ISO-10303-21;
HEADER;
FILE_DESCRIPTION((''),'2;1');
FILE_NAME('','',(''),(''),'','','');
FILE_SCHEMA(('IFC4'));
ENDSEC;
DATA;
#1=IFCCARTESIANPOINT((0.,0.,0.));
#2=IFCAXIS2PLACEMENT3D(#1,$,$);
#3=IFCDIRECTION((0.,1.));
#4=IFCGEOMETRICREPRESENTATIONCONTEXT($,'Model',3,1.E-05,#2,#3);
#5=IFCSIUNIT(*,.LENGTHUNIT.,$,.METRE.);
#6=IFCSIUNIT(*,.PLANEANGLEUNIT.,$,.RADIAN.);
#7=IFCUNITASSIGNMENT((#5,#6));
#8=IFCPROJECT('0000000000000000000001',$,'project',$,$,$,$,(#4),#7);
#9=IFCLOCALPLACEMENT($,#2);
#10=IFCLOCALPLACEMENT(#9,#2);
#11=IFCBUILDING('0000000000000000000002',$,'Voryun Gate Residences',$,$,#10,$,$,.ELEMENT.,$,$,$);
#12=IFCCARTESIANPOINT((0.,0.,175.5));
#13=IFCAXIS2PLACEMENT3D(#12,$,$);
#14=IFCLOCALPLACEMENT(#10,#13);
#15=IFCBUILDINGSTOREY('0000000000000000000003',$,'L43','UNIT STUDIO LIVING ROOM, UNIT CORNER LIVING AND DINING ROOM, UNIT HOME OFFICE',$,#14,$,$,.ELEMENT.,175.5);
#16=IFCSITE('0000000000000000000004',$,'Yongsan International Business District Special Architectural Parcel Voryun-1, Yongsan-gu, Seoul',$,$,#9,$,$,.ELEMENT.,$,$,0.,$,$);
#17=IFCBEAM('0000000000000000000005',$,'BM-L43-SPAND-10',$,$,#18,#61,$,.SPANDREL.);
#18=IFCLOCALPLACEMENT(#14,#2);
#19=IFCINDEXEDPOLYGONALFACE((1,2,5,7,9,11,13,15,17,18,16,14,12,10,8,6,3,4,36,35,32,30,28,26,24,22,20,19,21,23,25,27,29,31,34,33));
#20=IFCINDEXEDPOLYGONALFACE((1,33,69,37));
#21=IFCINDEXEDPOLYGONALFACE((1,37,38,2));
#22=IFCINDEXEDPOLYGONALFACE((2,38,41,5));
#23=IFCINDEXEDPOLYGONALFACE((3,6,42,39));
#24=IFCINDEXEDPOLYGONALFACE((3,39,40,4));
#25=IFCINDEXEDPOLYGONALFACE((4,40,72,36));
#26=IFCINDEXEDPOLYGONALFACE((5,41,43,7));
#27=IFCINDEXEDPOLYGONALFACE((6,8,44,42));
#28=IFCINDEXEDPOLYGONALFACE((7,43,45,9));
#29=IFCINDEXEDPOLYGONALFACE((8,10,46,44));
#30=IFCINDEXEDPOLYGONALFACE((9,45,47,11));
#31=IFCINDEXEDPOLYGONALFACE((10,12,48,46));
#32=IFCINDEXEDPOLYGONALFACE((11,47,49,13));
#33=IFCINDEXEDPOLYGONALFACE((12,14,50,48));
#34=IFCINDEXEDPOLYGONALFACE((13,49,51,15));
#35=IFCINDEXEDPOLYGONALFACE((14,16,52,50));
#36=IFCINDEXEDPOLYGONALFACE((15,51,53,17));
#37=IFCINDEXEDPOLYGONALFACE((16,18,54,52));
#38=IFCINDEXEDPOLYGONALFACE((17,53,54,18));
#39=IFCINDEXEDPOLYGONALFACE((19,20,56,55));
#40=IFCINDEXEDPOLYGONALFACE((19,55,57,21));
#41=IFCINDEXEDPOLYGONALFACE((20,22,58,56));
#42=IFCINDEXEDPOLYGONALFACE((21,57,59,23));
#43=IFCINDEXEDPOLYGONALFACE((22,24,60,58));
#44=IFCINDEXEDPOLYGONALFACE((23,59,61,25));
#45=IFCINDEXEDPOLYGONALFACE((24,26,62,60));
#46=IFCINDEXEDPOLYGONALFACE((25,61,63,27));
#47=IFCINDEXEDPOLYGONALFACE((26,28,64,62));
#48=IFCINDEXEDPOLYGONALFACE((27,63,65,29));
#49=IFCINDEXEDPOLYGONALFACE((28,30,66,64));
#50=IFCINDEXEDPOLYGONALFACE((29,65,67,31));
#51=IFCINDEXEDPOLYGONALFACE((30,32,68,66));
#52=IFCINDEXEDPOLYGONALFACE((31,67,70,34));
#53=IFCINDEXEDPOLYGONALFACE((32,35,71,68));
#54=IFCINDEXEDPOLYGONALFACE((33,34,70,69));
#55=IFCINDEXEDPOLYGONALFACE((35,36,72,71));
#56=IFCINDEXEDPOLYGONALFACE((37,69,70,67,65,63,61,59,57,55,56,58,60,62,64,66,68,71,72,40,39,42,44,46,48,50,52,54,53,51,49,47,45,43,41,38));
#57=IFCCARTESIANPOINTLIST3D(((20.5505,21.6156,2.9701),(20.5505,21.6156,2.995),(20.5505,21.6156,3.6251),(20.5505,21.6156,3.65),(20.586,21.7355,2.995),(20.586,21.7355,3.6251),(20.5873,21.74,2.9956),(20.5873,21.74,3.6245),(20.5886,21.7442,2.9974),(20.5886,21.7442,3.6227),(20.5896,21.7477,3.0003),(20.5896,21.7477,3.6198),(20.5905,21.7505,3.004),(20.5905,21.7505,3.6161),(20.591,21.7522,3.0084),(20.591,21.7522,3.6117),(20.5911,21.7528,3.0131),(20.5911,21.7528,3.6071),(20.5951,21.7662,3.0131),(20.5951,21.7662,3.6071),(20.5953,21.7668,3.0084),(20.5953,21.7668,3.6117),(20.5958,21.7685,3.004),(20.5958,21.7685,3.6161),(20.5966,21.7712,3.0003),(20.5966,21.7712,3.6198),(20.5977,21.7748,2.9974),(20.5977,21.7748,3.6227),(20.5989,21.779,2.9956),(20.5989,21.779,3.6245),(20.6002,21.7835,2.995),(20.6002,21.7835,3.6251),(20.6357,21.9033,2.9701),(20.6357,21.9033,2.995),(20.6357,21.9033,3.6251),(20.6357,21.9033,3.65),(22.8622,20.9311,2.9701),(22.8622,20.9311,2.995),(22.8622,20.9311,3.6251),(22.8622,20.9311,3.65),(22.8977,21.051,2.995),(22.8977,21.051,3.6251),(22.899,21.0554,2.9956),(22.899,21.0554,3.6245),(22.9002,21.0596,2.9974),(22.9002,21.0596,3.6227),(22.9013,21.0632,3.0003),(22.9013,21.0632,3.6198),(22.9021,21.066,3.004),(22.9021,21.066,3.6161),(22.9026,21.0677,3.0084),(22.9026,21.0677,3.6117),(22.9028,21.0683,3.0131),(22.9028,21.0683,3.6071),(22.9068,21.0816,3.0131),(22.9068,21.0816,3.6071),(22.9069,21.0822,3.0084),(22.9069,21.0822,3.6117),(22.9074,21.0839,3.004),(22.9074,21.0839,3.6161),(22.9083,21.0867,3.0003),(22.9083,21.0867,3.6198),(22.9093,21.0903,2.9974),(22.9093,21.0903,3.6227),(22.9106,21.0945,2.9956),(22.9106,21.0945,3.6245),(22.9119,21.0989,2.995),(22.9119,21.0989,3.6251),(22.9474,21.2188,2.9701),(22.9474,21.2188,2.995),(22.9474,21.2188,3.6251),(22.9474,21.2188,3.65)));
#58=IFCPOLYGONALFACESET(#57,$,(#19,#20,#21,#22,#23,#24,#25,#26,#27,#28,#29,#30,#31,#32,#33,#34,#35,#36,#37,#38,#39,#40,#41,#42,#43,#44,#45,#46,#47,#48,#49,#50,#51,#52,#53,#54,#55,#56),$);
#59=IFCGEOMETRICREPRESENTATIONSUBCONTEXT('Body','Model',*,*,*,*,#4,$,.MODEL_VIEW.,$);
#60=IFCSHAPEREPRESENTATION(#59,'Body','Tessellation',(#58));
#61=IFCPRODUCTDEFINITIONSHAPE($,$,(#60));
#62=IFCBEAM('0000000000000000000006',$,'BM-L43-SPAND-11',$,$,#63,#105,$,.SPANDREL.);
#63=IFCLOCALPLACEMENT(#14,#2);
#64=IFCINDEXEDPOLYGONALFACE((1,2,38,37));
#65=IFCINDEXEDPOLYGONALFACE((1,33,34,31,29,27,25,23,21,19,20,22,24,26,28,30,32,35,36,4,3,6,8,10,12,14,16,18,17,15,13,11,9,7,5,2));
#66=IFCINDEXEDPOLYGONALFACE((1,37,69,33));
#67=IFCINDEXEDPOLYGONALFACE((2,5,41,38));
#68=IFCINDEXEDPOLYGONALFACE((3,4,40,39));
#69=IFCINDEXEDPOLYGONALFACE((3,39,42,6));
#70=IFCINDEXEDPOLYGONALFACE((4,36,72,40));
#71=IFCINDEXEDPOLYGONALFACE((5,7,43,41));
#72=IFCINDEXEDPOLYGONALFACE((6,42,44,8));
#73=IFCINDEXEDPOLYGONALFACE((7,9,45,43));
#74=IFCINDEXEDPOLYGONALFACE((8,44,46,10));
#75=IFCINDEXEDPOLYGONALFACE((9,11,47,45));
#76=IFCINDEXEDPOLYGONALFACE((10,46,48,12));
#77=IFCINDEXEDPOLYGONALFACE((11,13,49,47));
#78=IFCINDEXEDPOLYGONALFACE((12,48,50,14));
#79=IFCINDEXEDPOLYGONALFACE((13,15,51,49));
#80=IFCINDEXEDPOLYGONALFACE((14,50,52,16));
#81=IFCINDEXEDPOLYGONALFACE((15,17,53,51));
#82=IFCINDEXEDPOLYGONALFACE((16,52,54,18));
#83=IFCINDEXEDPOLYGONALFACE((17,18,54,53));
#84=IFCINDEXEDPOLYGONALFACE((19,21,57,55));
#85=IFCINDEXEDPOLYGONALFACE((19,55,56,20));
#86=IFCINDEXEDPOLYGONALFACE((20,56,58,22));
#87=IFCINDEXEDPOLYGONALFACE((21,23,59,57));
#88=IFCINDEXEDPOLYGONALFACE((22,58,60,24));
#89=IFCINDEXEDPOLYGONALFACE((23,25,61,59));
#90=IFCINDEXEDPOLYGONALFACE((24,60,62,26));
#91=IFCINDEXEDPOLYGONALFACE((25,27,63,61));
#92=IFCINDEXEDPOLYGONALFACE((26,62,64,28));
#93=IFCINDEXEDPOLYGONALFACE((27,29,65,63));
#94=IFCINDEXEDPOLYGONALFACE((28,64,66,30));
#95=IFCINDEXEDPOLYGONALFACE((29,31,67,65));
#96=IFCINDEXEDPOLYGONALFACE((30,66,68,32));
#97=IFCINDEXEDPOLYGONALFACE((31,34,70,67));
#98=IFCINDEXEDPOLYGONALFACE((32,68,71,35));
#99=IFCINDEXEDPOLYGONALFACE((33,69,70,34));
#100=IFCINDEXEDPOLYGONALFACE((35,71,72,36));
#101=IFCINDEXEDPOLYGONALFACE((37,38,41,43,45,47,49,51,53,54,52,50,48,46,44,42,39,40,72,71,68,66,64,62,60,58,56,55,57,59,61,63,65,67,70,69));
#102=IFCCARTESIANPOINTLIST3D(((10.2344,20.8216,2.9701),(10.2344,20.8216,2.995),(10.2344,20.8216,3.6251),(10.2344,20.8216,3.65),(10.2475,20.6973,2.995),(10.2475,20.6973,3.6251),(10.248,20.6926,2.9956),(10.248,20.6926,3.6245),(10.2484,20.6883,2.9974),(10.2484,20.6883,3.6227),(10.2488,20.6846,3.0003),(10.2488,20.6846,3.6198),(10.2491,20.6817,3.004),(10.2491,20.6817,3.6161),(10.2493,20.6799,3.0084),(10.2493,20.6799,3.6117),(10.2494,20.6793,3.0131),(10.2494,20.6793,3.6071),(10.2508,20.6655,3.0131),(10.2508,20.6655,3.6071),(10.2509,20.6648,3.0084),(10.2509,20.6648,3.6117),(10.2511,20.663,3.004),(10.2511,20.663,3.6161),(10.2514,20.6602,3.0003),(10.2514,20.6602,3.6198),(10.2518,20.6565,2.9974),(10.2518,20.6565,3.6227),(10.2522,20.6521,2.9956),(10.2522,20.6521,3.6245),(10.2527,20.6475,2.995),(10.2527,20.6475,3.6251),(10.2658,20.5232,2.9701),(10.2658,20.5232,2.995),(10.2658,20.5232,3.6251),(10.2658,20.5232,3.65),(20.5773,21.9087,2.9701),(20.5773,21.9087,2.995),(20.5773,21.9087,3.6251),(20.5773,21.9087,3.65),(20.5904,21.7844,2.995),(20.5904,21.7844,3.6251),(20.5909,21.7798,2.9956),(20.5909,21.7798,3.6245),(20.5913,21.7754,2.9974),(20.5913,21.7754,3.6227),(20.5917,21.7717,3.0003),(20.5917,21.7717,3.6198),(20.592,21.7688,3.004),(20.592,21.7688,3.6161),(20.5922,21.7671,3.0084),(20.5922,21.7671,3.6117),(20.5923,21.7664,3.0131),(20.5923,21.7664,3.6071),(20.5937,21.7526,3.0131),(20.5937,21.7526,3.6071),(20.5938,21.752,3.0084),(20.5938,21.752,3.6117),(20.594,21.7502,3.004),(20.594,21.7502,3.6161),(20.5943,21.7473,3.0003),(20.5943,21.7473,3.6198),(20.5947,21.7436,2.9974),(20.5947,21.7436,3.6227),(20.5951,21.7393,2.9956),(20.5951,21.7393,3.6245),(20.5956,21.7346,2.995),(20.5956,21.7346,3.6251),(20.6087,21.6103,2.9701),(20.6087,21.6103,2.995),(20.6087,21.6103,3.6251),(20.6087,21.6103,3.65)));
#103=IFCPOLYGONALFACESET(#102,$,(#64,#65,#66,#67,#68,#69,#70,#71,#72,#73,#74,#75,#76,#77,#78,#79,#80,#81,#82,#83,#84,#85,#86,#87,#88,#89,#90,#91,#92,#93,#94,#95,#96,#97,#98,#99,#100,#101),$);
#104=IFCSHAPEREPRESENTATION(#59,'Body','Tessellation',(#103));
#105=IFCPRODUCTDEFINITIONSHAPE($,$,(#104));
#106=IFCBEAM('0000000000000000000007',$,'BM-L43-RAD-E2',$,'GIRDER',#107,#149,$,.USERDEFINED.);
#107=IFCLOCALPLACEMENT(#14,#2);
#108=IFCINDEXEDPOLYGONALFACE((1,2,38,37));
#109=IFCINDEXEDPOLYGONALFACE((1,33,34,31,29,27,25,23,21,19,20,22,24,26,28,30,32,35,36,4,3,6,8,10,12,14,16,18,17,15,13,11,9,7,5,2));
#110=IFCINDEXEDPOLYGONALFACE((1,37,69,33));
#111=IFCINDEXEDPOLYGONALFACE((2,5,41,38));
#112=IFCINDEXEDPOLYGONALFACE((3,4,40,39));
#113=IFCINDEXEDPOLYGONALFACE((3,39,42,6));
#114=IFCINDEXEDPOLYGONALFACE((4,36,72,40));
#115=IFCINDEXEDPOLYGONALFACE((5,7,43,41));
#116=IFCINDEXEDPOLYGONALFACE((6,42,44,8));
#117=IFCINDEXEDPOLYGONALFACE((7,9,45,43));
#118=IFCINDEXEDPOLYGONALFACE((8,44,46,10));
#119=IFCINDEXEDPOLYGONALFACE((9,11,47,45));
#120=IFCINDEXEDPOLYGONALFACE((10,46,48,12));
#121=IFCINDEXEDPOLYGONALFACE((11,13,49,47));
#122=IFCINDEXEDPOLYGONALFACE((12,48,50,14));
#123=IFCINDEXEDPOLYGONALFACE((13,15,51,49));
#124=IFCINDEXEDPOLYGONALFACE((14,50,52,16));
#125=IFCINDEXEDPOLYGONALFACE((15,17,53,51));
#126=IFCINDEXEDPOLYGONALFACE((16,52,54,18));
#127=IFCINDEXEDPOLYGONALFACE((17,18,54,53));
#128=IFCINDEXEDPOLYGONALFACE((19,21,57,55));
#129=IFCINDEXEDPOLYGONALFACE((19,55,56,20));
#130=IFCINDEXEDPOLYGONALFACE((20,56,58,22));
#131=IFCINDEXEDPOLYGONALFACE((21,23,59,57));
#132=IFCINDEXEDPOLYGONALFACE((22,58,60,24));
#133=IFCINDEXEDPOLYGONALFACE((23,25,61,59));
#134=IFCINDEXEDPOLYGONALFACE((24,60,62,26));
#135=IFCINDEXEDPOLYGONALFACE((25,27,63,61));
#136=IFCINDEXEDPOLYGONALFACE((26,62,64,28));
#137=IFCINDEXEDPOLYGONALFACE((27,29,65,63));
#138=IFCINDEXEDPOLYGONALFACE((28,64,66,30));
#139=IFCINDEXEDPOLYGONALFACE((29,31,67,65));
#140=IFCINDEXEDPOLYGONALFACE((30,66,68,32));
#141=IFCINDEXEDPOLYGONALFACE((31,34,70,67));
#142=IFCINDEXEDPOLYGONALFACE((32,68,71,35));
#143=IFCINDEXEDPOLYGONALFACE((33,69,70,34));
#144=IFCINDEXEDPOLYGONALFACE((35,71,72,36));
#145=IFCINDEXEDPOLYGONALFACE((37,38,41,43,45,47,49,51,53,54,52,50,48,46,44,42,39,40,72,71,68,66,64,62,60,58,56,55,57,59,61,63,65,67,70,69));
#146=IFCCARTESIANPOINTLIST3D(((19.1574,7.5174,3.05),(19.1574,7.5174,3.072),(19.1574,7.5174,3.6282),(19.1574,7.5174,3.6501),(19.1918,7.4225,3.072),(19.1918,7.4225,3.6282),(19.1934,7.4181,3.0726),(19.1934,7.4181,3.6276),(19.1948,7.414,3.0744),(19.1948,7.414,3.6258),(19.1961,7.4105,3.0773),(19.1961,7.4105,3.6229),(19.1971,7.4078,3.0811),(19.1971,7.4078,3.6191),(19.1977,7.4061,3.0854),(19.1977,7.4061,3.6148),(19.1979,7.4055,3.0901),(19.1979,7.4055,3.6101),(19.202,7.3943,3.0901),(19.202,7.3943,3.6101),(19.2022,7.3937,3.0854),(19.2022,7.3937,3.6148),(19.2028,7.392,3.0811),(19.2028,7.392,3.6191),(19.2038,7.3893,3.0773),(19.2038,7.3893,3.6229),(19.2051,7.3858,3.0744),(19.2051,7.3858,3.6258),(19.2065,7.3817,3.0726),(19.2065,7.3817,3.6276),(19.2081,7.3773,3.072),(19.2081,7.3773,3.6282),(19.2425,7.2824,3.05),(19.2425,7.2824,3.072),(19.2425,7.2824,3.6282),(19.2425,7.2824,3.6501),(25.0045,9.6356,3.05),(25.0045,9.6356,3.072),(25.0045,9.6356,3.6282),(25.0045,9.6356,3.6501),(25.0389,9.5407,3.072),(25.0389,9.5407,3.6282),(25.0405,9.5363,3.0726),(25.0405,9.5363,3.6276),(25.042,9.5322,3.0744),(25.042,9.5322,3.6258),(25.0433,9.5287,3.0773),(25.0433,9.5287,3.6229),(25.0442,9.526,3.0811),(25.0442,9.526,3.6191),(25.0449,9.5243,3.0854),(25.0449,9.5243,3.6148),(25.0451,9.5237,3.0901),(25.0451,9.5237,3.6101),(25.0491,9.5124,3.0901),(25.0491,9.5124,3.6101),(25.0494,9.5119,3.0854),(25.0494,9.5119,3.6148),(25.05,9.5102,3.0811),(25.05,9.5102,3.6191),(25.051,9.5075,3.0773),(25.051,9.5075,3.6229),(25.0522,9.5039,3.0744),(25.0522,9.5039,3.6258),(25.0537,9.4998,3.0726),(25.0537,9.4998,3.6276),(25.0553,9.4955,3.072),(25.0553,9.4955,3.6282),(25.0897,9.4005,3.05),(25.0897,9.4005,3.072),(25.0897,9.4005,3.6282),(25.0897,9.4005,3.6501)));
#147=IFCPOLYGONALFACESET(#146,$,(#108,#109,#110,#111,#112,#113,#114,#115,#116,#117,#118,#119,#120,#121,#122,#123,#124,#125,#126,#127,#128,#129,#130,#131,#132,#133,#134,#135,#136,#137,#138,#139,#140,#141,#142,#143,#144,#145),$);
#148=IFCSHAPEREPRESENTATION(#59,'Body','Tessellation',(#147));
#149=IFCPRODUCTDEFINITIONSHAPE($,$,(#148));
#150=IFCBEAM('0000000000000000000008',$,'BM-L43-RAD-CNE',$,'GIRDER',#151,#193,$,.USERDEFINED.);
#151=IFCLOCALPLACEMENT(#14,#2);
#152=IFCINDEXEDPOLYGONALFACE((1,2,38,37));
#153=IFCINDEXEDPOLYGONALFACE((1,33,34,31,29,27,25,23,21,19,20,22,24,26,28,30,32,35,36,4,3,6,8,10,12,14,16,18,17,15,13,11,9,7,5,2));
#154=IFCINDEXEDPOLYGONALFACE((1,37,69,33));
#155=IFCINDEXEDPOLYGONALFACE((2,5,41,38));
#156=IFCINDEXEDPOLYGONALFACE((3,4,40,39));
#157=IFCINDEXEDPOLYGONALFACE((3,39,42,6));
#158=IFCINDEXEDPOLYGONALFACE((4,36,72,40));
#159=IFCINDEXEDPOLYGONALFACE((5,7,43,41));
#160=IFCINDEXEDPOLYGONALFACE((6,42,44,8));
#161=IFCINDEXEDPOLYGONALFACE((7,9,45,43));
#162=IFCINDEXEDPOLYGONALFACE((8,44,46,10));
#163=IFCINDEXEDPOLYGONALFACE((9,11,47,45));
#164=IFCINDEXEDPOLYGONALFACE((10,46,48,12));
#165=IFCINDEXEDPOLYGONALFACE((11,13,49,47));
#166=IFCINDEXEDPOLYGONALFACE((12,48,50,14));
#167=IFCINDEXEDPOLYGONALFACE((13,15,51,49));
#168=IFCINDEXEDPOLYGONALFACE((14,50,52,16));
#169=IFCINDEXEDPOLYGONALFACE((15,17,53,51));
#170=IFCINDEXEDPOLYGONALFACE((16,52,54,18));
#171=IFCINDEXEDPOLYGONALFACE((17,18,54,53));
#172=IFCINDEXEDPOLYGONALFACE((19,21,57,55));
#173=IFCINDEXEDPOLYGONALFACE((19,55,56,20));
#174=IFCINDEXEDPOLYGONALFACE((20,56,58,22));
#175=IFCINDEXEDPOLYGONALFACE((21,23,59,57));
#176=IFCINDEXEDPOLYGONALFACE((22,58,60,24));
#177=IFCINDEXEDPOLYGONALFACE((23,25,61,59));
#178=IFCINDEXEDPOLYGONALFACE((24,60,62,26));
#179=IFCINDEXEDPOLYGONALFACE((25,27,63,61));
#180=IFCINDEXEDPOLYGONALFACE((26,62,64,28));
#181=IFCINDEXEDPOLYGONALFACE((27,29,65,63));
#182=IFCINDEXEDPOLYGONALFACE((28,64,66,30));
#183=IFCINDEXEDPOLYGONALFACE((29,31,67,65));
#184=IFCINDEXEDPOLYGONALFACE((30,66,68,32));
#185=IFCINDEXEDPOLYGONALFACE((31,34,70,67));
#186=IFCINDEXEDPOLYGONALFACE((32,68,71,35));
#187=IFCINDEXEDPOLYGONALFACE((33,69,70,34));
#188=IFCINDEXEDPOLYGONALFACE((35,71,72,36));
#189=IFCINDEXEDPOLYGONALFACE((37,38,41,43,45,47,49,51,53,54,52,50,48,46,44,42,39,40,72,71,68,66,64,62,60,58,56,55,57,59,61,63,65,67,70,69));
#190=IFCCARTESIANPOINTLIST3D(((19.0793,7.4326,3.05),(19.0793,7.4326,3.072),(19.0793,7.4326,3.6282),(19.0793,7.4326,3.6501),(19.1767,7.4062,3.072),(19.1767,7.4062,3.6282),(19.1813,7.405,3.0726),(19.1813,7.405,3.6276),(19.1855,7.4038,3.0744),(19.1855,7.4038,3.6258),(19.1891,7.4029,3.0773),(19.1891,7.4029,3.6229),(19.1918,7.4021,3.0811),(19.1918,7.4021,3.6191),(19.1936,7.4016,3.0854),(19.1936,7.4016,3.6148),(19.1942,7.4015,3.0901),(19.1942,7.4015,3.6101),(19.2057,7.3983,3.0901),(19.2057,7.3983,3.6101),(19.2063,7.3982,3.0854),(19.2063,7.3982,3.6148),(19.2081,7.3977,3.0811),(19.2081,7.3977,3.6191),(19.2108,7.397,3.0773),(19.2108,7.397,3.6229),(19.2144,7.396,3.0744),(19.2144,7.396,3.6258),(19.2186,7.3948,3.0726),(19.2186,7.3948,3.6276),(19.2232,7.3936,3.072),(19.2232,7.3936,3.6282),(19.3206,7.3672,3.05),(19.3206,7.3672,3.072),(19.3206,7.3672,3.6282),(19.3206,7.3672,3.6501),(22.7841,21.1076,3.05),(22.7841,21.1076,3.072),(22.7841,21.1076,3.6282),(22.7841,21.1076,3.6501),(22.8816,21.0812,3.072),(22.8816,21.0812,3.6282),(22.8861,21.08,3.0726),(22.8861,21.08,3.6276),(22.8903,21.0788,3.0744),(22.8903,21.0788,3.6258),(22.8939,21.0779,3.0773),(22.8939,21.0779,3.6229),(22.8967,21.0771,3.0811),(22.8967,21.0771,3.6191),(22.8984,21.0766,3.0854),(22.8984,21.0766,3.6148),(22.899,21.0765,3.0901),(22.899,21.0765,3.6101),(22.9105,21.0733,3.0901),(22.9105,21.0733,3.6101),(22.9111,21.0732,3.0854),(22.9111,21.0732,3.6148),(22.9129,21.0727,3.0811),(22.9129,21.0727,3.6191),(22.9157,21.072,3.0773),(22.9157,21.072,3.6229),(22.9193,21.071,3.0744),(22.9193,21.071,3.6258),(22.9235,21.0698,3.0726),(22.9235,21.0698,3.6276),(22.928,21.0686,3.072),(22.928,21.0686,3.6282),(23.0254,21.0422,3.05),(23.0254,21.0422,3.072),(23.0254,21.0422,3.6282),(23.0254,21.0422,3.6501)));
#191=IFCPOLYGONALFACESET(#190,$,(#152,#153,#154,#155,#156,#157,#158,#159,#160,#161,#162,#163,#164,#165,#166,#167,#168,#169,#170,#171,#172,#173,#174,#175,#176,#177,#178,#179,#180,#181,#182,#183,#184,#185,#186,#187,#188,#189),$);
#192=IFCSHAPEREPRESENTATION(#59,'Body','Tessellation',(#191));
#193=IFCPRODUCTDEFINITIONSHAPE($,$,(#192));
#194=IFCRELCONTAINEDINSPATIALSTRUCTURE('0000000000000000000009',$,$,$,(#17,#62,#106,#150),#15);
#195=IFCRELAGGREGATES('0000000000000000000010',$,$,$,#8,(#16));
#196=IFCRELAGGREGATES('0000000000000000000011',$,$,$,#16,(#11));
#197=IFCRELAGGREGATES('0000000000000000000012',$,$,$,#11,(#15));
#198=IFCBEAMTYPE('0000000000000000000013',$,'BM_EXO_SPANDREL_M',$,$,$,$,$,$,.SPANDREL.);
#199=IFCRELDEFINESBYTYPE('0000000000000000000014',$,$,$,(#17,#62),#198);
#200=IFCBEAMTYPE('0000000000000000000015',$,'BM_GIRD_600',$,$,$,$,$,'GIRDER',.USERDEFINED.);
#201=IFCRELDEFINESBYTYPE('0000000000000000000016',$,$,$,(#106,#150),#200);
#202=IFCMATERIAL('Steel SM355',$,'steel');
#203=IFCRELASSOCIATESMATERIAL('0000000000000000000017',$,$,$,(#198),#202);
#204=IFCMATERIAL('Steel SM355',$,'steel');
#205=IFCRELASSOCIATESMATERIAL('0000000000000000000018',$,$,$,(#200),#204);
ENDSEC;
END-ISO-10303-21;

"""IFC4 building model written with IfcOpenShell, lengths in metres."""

from ifc_helpers import new_model, si_unit, direction, frame, origin, origin_2d, place, context, subcontext, project, spatial, i_section, extrude, material, material_profile, profile_set, type_object, element, save


model = new_model("IFC4")

# Units and contexts
model_context = context("Model", 3, precision=1e-05, world=origin(), true_north=direction((0.0, 1.0)))
body_context = subcontext(model_context, "Body", "Model", "MODEL_VIEW")
ifc_project = project(units=[si_unit("LENGTHUNIT", "METRE"), si_unit("PLANEANGLEUNIT", "RADIAN")], contexts=[model_context])

# Site, building, storey
site_placement = place(None, origin())
site = spatial("IfcSite", under=ifc_project, at=site_placement, Name="Yongsan International Business District Special Architectural Parcel Voryun-1, Yongsan-gu, Seoul", CompositionType="ELEMENT", RefElevation=0.0)
building_placement = place(site_placement, origin())
building = spatial("IfcBuilding", under=site, at=building_placement, Name="Voryun Gate Residences", CompositionType="ELEMENT")
storey_placement = place(building_placement, frame((0.0, 0.0, 175.5)))
storey = spatial("IfcBuildingStorey", under=building, at=storey_placement, Name="L43", Description="UNIT STUDIO LIVING ROOM, UNIT CORNER LIVING AND DINING ROOM, UNIT HOME OFFICE", CompositionType="ELEMENT", Elevation=175.5)

# Beams
ifc_material_1 = material(Name="Steel SM355", Category="steel")
ifc_material_profile_1 = material_profile(ifc_material_1, i_section(OverallWidth=0.3, OverallDepth=0.6799, WebThickness=0.0139, FlangeThickness=0.0249, FilletRadius=0.0181, at=origin_2d()), Name="H-680x300x14x25")
ifc_profile_set_1 = profile_set([ifc_material_profile_1], Name="Steel SM355")
beam_type_1 = type_object("IfcBeamType", Name="BM_EXO_SPANDREL_M", PredefinedType="SPANDREL", material=ifc_profile_set_1)
beam_1_placement = place(storey_placement, frame((22.9048, 21.075, 3.3101), z_axis=(-0.958843, 0.283937, 0.0), x_axis=(-0.283937, -0.958843, 0.0)))
element("IfcBeam", 1, at=beam_1_placement, inside=storey, type_object=beam_type_1, Name="BM-L43-SPAND-10", PredefinedType="SPANDREL", context=body_context, shape_type="SweptSolid", body=[
    extrude(i_section(OverallWidth=0.3, OverallDepth=0.6799, WebThickness=0.0139, FlangeThickness=0.0249, FilletRadius=0.0181, at=origin_2d()), origin(), (0.0, 0.0, 1.0), 2.4109),
])
beam_2_placement = place(storey_placement, frame((20.593, 21.7595, 3.3101), z_axis=(-0.994521, -0.104534, 0.0), x_axis=(0.104534, -0.994521, 0.0)))
element("IfcBeam", 2, at=beam_2_placement, inside=storey, type_object=beam_type_1, Name="BM-L43-SPAND-11", PredefinedType="SPANDREL", context=body_context, shape_type="SweptSolid", body=[
    extrude(i_section(OverallWidth=0.3, OverallDepth=0.6799, WebThickness=0.0139, FlangeThickness=0.0249, FilletRadius=0.0181, at=origin_2d()), origin(), (0.0, 0.0, 1.0), 10.3999),
])
ifc_material_2 = material(Name="Steel SM355", Category="steel")
ifc_material_profile_2 = material_profile(ifc_material_2, i_section(OverallWidth=0.25, OverallDepth=0.6001, WebThickness=0.012, FlangeThickness=0.022, FilletRadius=0.0181, at=origin_2d()), Name="H-600x250x12x22")
ifc_profile_set_2 = profile_set([ifc_material_profile_2], Name="Steel SM355")
beam_type_2 = type_object("IfcBeamType", Name="BM_GIRD_600", ElementType="GIRDER", PredefinedType="USERDEFINED", material=ifc_profile_set_2)
beam_3_placement = place(storey_placement, frame((19.2, 7.3999, 3.3501), z_axis=(0.94021, 0.340595, 0.0), x_axis=(-0.340595, 0.94021, 0.0)))
element("IfcBeam", 3, at=beam_3_placement, inside=storey, type_object=beam_type_2, Name="BM-L43-RAD-E2", ObjectType="GIRDER", PredefinedType="USERDEFINED", context=body_context, shape_type="SweptSolid", body=[
    extrude(i_section(OverallWidth=0.25, OverallDepth=0.6001, WebThickness=0.012, FlangeThickness=0.022, FilletRadius=0.0181, at=origin_2d()), origin(), (0.0, 0.0, 1.0), 6.219),
])
beam_4_placement = place(storey_placement, frame((19.2, 7.3999, 3.3501), z_axis=(0.261493, 0.965205, 0.0), x_axis=(-0.965205, 0.261493, 0.0)))
element("IfcBeam", 4, at=beam_4_placement, inside=storey, type_object=beam_type_2, Name="BM-L43-RAD-CNE", ObjectType="GIRDER", PredefinedType="USERDEFINED", context=body_context, shape_type="SweptSolid", body=[
    extrude(i_section(OverallWidth=0.25, OverallDepth=0.6001, WebThickness=0.012, FlangeThickness=0.022, FilletRadius=0.0181, at=origin_2d()), origin(), (0.0, 0.0, 1.0), 14.168),
])

save(model, "model.ifc")
